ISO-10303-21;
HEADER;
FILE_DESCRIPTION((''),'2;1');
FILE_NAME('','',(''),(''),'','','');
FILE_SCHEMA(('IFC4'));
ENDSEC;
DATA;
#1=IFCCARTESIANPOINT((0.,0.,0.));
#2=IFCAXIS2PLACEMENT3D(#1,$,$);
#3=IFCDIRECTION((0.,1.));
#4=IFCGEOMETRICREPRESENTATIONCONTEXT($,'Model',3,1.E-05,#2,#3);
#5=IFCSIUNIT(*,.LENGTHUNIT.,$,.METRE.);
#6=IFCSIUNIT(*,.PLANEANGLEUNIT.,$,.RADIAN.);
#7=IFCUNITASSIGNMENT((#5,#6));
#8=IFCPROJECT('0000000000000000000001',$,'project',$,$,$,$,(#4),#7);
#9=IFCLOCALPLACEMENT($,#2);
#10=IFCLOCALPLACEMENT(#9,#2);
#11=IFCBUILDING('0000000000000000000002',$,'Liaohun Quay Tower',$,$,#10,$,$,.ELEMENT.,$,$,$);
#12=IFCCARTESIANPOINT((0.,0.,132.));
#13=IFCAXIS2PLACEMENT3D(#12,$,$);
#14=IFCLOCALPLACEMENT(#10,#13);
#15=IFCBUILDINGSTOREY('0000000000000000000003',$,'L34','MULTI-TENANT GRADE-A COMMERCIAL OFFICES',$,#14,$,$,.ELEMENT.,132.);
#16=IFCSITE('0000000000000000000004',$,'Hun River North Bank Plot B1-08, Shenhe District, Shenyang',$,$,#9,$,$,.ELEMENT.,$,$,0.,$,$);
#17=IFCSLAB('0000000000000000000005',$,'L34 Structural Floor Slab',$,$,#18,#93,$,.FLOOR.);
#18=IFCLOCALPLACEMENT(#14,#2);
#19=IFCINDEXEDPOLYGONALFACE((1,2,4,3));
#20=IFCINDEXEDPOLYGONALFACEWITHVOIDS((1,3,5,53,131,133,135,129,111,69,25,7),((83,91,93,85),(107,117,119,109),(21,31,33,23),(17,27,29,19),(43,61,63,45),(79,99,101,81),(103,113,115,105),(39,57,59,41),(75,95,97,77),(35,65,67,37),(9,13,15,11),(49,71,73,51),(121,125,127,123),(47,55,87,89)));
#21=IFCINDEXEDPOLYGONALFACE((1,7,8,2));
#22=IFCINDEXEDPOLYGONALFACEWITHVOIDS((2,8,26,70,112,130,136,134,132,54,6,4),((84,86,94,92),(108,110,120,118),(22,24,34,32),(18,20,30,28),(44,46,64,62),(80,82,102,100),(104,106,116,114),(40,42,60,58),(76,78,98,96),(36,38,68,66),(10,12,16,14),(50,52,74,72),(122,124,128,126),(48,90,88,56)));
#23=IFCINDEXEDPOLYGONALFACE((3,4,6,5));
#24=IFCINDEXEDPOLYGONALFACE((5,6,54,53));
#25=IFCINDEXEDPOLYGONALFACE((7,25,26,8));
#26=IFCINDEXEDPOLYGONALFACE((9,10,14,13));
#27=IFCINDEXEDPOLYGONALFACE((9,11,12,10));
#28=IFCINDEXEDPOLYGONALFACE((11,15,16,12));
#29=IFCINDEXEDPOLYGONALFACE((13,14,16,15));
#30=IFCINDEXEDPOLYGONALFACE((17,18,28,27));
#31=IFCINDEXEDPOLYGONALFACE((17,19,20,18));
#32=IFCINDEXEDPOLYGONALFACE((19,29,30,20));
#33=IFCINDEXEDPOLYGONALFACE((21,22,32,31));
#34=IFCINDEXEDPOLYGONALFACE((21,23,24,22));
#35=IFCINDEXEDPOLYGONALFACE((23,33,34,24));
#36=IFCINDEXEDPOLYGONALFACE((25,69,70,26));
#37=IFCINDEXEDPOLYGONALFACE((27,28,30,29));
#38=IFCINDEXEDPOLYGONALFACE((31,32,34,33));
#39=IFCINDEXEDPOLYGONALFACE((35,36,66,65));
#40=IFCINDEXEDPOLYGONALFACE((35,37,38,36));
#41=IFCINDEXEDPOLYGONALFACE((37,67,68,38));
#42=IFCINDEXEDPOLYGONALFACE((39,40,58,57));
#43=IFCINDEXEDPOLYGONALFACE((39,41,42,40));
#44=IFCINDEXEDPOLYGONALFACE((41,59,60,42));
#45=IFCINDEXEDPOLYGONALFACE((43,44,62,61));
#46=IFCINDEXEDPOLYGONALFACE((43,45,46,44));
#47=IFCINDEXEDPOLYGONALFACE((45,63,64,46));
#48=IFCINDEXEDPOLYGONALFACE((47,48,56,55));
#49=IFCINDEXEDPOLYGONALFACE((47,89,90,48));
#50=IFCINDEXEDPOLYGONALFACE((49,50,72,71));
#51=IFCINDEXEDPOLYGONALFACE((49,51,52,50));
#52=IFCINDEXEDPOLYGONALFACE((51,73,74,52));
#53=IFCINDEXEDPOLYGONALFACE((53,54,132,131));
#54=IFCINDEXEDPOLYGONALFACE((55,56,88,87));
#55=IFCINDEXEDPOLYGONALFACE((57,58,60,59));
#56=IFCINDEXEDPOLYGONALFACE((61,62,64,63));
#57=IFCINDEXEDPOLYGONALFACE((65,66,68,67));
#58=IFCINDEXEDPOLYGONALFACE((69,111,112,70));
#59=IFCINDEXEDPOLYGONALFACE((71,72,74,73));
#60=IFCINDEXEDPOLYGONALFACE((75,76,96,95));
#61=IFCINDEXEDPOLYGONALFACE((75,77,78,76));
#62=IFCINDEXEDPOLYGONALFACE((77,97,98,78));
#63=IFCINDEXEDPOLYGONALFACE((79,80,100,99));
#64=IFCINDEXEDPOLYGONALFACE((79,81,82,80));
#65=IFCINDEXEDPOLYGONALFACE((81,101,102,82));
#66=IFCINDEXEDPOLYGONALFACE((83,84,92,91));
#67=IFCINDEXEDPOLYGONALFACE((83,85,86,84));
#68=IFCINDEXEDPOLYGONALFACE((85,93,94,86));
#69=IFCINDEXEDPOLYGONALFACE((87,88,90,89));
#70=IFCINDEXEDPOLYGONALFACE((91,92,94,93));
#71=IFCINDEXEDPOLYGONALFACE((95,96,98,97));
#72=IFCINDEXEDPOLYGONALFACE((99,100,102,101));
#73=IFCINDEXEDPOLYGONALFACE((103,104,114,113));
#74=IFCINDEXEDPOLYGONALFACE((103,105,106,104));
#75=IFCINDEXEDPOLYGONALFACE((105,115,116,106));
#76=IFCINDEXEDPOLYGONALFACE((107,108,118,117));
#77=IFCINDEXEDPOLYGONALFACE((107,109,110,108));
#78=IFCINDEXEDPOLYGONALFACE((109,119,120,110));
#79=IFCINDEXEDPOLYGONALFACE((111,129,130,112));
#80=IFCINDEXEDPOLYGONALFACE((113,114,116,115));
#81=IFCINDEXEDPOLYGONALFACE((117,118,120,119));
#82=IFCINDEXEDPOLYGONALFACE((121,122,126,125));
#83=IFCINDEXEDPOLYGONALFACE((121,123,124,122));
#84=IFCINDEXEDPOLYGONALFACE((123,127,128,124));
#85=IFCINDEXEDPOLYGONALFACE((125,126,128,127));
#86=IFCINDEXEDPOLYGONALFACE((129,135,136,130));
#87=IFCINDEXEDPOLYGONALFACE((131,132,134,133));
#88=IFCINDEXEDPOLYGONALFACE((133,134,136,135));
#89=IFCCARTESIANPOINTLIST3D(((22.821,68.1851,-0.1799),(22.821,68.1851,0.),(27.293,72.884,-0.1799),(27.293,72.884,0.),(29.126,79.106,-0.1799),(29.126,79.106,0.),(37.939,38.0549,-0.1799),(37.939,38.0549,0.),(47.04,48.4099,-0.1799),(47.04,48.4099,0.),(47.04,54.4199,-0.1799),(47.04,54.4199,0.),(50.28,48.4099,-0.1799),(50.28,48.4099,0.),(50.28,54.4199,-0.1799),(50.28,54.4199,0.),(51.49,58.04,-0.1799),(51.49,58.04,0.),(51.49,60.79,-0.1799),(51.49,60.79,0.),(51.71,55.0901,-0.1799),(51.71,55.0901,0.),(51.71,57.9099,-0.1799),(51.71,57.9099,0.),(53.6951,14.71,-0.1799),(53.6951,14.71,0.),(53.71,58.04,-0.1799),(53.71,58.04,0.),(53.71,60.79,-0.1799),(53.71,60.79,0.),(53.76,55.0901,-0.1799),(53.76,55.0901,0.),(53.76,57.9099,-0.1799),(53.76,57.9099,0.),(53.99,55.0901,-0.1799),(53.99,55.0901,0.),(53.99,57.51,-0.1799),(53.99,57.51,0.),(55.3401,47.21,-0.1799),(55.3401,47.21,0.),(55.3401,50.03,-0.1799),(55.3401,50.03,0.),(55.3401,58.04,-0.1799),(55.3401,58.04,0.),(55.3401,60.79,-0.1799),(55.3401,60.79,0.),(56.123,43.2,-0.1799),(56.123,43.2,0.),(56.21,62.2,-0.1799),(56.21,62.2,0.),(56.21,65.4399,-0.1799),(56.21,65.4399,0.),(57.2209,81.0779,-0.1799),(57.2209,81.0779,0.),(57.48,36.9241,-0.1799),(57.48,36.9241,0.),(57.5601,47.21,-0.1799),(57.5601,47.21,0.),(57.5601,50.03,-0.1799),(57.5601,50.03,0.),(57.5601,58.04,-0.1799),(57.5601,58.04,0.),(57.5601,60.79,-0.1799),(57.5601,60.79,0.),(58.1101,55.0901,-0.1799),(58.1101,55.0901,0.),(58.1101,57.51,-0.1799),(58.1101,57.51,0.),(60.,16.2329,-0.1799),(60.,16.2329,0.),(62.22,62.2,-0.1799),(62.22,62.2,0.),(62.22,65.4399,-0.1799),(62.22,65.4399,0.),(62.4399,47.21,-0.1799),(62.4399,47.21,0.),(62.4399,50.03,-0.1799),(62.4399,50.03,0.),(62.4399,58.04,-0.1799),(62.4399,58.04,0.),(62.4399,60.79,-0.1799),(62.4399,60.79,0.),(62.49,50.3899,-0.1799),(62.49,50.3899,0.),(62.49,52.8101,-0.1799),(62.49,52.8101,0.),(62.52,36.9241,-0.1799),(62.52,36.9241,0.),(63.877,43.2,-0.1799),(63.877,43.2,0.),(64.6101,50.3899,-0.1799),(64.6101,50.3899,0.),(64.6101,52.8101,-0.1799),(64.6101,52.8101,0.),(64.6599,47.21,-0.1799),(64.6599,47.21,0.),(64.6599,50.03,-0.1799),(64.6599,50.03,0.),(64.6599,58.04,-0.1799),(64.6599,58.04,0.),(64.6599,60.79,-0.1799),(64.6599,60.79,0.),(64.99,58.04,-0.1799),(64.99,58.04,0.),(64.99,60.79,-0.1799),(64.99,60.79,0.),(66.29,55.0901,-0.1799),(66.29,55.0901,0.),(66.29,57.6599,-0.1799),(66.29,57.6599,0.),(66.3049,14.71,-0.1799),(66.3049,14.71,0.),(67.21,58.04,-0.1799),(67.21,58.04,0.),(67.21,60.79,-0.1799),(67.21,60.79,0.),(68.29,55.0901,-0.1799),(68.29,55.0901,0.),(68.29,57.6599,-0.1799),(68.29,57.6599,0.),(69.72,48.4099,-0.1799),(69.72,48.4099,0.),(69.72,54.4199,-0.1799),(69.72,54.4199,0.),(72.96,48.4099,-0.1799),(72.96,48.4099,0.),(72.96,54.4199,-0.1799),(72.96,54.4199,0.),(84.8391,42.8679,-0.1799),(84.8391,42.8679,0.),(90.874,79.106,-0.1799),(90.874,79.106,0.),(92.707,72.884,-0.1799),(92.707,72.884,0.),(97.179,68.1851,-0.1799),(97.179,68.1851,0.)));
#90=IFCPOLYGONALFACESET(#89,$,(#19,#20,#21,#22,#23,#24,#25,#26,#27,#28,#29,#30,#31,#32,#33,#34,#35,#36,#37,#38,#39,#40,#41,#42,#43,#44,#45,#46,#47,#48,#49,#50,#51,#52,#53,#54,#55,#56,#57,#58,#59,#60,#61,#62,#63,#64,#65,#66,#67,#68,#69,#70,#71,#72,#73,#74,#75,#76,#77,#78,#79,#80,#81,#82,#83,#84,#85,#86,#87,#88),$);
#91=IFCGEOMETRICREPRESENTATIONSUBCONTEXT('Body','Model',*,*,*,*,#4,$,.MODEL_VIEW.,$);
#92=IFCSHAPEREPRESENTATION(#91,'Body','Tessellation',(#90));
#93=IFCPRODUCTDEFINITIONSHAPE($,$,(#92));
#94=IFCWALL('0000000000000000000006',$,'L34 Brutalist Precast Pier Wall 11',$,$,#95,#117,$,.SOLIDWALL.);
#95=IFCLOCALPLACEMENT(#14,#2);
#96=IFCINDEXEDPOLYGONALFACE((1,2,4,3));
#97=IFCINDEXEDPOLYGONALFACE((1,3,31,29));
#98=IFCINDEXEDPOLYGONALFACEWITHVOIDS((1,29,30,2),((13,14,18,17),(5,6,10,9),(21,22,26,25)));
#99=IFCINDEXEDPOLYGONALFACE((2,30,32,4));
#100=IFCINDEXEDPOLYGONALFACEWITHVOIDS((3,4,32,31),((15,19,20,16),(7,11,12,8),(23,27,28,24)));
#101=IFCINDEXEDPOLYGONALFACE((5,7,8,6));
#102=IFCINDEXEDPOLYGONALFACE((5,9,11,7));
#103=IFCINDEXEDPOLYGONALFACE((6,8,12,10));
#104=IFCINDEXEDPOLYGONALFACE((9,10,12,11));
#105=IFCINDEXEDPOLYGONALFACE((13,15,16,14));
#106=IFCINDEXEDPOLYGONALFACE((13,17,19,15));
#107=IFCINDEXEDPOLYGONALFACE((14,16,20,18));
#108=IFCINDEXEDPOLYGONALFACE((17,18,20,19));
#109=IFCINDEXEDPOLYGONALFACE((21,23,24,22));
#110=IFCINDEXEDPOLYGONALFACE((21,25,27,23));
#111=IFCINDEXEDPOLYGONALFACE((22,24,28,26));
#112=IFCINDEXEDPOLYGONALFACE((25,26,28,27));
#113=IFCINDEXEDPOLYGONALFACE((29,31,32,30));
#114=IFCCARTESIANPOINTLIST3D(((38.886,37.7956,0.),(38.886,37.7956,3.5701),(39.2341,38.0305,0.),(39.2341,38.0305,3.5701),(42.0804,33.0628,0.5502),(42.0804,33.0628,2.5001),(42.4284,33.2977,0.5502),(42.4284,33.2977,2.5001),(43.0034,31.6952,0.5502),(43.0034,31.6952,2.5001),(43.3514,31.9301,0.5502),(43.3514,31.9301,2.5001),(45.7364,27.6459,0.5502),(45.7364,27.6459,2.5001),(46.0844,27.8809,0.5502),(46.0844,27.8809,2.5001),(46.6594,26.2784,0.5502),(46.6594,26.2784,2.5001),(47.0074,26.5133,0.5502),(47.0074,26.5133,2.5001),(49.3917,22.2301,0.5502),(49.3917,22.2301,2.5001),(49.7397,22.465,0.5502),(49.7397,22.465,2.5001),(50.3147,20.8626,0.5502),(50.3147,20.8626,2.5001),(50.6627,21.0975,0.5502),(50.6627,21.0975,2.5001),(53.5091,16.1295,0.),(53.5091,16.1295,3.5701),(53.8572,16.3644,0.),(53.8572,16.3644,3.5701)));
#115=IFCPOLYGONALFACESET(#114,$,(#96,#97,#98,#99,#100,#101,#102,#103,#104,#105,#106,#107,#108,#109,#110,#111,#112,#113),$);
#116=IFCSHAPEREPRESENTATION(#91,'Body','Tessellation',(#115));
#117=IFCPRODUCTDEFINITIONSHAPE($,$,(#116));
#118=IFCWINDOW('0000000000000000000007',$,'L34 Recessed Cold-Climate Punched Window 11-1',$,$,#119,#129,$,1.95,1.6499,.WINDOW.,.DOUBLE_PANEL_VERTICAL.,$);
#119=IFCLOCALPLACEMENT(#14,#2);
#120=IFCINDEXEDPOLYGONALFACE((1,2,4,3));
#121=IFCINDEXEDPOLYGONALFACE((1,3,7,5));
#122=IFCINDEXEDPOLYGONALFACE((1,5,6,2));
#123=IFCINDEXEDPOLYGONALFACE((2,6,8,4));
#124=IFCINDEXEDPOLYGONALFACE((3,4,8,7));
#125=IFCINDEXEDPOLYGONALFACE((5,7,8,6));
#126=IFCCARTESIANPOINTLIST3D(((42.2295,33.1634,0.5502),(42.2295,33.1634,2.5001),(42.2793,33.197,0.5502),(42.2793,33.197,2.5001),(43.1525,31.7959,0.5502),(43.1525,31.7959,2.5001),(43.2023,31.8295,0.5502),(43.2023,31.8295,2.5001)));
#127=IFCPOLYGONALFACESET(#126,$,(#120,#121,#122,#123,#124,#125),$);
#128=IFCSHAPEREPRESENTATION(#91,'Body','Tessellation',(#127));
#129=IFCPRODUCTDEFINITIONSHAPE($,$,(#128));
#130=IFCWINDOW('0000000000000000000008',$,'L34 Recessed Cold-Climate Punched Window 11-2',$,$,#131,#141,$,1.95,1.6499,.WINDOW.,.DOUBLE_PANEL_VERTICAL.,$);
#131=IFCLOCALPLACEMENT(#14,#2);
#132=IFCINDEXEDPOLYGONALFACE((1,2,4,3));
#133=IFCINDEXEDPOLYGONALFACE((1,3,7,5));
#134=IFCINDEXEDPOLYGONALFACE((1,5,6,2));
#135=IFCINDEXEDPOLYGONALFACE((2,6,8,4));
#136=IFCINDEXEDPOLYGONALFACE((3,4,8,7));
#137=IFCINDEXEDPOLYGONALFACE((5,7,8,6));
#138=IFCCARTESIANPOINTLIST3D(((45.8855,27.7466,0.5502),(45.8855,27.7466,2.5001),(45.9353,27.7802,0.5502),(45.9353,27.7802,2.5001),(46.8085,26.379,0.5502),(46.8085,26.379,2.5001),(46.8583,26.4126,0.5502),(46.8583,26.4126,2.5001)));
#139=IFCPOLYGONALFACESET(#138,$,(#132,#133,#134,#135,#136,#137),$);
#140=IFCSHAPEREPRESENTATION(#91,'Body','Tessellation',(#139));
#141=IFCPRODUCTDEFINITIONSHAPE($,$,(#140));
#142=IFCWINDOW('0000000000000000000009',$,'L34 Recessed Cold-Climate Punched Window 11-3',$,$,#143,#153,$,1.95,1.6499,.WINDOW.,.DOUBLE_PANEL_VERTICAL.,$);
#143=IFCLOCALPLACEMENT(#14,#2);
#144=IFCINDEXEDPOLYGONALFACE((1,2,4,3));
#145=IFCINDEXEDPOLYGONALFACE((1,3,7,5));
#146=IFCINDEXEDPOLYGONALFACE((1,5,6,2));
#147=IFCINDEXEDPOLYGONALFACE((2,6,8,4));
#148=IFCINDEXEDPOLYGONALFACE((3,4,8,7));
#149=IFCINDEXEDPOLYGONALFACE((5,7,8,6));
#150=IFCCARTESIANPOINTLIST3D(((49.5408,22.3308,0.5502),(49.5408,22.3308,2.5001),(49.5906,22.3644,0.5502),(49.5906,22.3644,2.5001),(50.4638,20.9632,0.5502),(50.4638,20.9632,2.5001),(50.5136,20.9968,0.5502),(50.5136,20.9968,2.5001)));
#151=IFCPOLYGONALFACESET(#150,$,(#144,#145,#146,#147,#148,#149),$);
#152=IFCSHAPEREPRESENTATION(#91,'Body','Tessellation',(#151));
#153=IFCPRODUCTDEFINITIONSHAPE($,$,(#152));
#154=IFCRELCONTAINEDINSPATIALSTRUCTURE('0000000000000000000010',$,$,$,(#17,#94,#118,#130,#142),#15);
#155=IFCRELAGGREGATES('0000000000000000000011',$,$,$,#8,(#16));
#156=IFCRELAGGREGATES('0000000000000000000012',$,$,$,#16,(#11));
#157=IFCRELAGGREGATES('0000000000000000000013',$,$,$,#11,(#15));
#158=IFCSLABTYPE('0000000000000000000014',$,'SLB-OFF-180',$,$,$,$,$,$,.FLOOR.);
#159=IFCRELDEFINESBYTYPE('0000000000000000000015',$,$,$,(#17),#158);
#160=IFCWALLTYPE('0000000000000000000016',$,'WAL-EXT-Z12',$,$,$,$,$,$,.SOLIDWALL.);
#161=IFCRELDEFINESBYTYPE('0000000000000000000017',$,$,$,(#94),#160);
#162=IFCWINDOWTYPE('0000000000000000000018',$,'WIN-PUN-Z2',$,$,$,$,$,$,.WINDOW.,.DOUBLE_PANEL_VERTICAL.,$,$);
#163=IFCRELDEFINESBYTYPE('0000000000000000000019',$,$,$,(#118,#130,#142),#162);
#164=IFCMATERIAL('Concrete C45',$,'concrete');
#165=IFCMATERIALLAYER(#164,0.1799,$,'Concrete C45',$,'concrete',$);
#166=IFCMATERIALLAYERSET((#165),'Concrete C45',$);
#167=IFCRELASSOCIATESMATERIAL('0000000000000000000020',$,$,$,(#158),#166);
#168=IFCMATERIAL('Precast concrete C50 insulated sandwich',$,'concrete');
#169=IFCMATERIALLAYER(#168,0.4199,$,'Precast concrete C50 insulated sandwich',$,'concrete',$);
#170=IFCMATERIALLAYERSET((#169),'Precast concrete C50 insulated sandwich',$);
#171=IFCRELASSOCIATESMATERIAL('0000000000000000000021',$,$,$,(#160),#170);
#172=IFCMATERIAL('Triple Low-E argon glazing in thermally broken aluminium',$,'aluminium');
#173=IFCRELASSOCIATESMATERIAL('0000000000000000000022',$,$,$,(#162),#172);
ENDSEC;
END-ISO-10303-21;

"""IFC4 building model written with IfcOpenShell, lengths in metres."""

from ifc_helpers import new_model, si_unit, direction, frame, frame_2d, origin, place, context, subcontext, project, spatial, polyline, rectangle, outline, extrude, source, transform, mapped, material, layer, layer_set, type_object, element, fill, save


model = new_model("IFC4")

# Units and contexts
model_context = context("Model", 3, precision=1e-05, world=origin(), true_north=direction((0.0, 1.0)))
body_context = subcontext(model_context, "Body", "Model", "MODEL_VIEW")
ifc_project = project(units=[si_unit("LENGTHUNIT", "METRE"), si_unit("PLANEANGLEUNIT", "RADIAN")], contexts=[model_context])

# Site, building, storey
site_placement = place(None, origin())
site = spatial("IfcSite", under=ifc_project, at=site_placement, Name="Hun River North Bank Plot B1-08, Shenhe District, Shenyang", CompositionType="ELEMENT", RefElevation=0.0)
building_placement = place(site_placement, origin())
building = spatial("IfcBuilding", under=site, at=building_placement, Name="Liaohun Quay Tower", CompositionType="ELEMENT")
storey_placement = place(building_placement, frame((0.0, 0.0, 132.0)))
storey = spatial("IfcBuildingStorey", under=building, at=storey_placement, Name="L34", Description="MULTI-TENANT GRADE-A COMMERCIAL OFFICES", CompositionType="ELEMENT", Elevation=132.0)

# Shared definitions
ifc_material_1 = material(Name="Concrete C45", Category="concrete")

# Slab
ifc_layer_1 = layer(ifc_material_1, 0.1799, Name="Concrete C45", Category="concrete")
ifc_layer_set_1 = layer_set([ifc_layer_1], Name="Concrete C45")
slab_type_1 = type_object("IfcSlabType", Name="SLB-OFF-180", PredefinedType="FLOOR", material=ifc_layer_set_1)
slab_1_placement = place(storey_placement, frame((0.0, 0.0, -0.1799)))
element("IfcSlab", 1, at=slab_1_placement, inside=storey, type_object=slab_type_1, Name="L34 Structural Floor Slab", PredefinedType="FLOOR", context=body_context, shape_type="SweptSolid", body=[
    extrude(outline(polyline([(53.6951, 14.71), (60.0, 16.2329), (66.3049, 14.71), (84.8391, 42.8679), (97.179, 68.1851), (92.707, 72.884), (90.874, 79.106), (57.2209, 81.0779), (29.126, 79.106), (27.293, 72.884), (22.821, 68.1851), (37.939, 38.0549), (53.6951, 14.71)]), holes=[polyline([(57.5601, 50.03), (55.3401, 50.03), (55.3401, 47.21), (57.5601, 47.21), (57.5601, 50.03)]), polyline([(50.28, 54.4199), (47.04, 54.4199), (47.04, 48.4099), (50.28, 48.4099), (50.28, 54.4199)]), polyline([(53.99, 55.0901), (58.1101, 55.0901), (58.1101, 57.51), (53.99, 57.51), (53.99, 55.0901)]), polyline([(53.76, 55.0901), (53.76, 57.9099), (51.71, 57.9099), (51.71, 55.0901), (53.76, 55.0901)]), polyline([(53.71, 58.04), (53.71, 60.79), (51.49, 60.79), (51.49, 58.04), (53.71, 58.04)]), polyline([(57.5601, 58.04), (57.5601, 60.79), (55.3401, 60.79), (55.3401, 58.04), (57.5601, 58.04)]), polyline([(62.22, 62.2), (62.22, 65.4399), (56.21, 65.4399), (56.21, 62.2), (62.22, 62.2)]), polyline([(62.52, 36.9241), (63.877, 43.2), (56.123, 43.2), (57.48, 36.9241), (62.52, 36.9241)]), polyline([(64.6599, 47.21), (64.6599, 50.03), (62.4399, 50.03), (62.4399, 47.21), (64.6599, 47.21)]), polyline([(72.96, 54.4199), (69.72, 54.4199), (69.72, 48.4099), (72.96, 48.4099), (72.96, 54.4199)]), polyline([(64.6101, 50.3899), (64.6101, 52.8101), (62.49, 52.8101), (62.49, 50.3899), (64.6101, 50.3899)]), polyline([(68.29, 55.0901), (68.29, 57.6599), (66.29, 57.6599), (66.29, 55.0901), (68.29, 55.0901)]), polyline([(64.6599, 58.04), (64.6599, 60.79), (62.4399, 60.79), (62.4399, 58.04), (64.6599, 58.04)]), polyline([(67.21, 58.04), (67.21, 60.79), (64.99, 60.79), (64.99, 58.04), (67.21, 58.04)])]), origin(), (0.0, 0.0, 1.0), 0.1799),
])

# Wall, openings, windows
ifc_material_2 = material(Name="Precast concrete C50 insulated sandwich", Category="concrete")
ifc_layer_2 = layer(ifc_material_2, 0.4199, Name="Precast concrete C50 insulated sandwich", Category="concrete")
ifc_layer_set_2 = layer_set([ifc_layer_2], Name="Precast concrete C50 insulated sandwich")
wall_type_1 = type_object("IfcWallType", Name="WAL-EXT-Z12", PredefinedType="SOLIDWALL", material=ifc_layer_set_2)
wall_1_placement = place(storey_placement, frame((39.0601, 37.9131, 0.0), z_axis=(0.0, 0.0, 1.0), x_axis=(0.559433, -0.828876, 0.0)))
wall_1 = element("IfcWall", 2, at=wall_1_placement, inside=storey, type_object=wall_type_1, Name="L34 Brutalist Precast Pier Wall 11", PredefinedType="SOLIDWALL", context=body_context, shape_type="SweptSolid", body=[
    extrude(rectangle(XDim=26.1392, YDim=0.4199, at=frame_2d((13.0696, 0.0))), origin(), (0.0, 0.0, 1.0), 3.5701),
])
shared_shape_1 = source(origin(), body_context, "Body", "SweptSolid", [
    extrude(rectangle(XDim=1.6499, YDim=1.95, at=frame_2d((0.825, 0.9751))), frame((0.0, 0.22, 0.0), z_axis=(0.0, -1.0, 0.0), x_axis=(1.0, 0.0, 0.0)), (0.0, 0.0, 1.0), 0.4399),
])
opening_1_placement = place(wall_1_placement, frame((5.71, 0.0, 0.55)))
opening_1 = element("IfcOpeningElement", 3, at=opening_1_placement, cuts=wall_1, PredefinedType="OPENING", context=body_context, shape_type="MappedRepresentation", body=[
    mapped(shared_shape_1, transform((0.0, 0.0, 0.0), x_axis=(1.0, 0.0, 0.0), y_axis=(0.0, 1.0, 0.0), z_axis=(0.0, 0.0, 1.0), scale=1.0)),
])
opening_2_placement = place(wall_1_placement, frame((12.2451, 0.0, 0.55)))
opening_2 = element("IfcOpeningElement", 4, at=opening_2_placement, cuts=wall_1, PredefinedType="OPENING", context=body_context, shape_type="MappedRepresentation", body=[
    mapped(shared_shape_1, transform((0.0, 0.0, 0.0), x_axis=(1.0, 0.0, 0.0), y_axis=(0.0, 1.0, 0.0), z_axis=(0.0, 0.0, 1.0), scale=1.0)),
])
opening_3_placement = place(wall_1_placement, frame((18.7791, 0.0, 0.55)))
opening_3 = element("IfcOpeningElement", 5, at=opening_3_placement, cuts=wall_1, PredefinedType="OPENING", context=body_context, shape_type="MappedRepresentation", body=[
    mapped(shared_shape_1, transform((0.0, 0.0, 0.0), x_axis=(1.0, 0.0, 0.0), y_axis=(0.0, 1.0, 0.0), z_axis=(0.0, 0.0, 1.0), scale=1.0)),
])
ifc_material_3 = material(Name="Triple Low-E argon glazing in thermally broken aluminium", Category="aluminium")
window_type = type_object("IfcWindowType", Name="WIN-PUN-Z2", PartitioningType="DOUBLE_PANEL_VERTICAL", PredefinedType="WINDOW", material=ifc_material_3)
shared_shape_2 = source(origin(), body_context, "Body", "SweptSolid", [
    extrude(rectangle(XDim=1.6499, YDim=1.95, at=frame_2d((0.825, 0.9751))), frame((0.0, 0.03, 0.0), z_axis=(0.0, -1.0, 0.0), x_axis=(1.0, 0.0, 0.0)), (0.0, 0.0, 1.0), 0.0601),
])
window_1_placement = place(opening_1_placement, origin())
window_1 = element("IfcWindow", 6, at=window_1_placement, inside=storey, type_object=window_type, Name="L34 Recessed Cold-Climate Punched Window 11-1", OverallHeight=1.95, OverallWidth=1.6499, PartitioningType="DOUBLE_PANEL_VERTICAL", PredefinedType="WINDOW", context=body_context, shape_type="MappedRepresentation", body=[
    mapped(shared_shape_2, transform((0.0, 0.0, 0.0), x_axis=(1.0, 0.0, 0.0), y_axis=(0.0, 1.0, 0.0), z_axis=(0.0, 0.0, 1.0), scale=1.0)),
])
fill(opening_1, window_1)
window_2_placement = place(opening_2_placement, origin())
window_2 = element("IfcWindow", 7, at=window_2_placement, inside=storey, type_object=window_type, Name="L34 Recessed Cold-Climate Punched Window 11-2", OverallHeight=1.95, OverallWidth=1.6499, PartitioningType="DOUBLE_PANEL_VERTICAL", PredefinedType="WINDOW", context=body_context, shape_type="MappedRepresentation", body=[
    mapped(shared_shape_2, transform((0.0, 0.0, 0.0), x_axis=(1.0, 0.0, 0.0), y_axis=(0.0, 1.0, 0.0), z_axis=(0.0, 0.0, 1.0), scale=1.0)),
])
fill(opening_2, window_2)
window_3_placement = place(opening_3_placement, origin())
window_3 = element("IfcWindow", 8, at=window_3_placement, inside=storey, type_object=window_type, Name="L34 Recessed Cold-Climate Punched Window 11-3", OverallHeight=1.95, OverallWidth=1.6499, PartitioningType="DOUBLE_PANEL_VERTICAL", PredefinedType="WINDOW", context=body_context, shape_type="MappedRepresentation", body=[
    mapped(shared_shape_2, transform((0.0, 0.0, 0.0), x_axis=(1.0, 0.0, 0.0), y_axis=(0.0, 1.0, 0.0), z_axis=(0.0, 0.0, 1.0), scale=1.0)),
])
fill(opening_3, window_3)

save(model, "model.ifc")
